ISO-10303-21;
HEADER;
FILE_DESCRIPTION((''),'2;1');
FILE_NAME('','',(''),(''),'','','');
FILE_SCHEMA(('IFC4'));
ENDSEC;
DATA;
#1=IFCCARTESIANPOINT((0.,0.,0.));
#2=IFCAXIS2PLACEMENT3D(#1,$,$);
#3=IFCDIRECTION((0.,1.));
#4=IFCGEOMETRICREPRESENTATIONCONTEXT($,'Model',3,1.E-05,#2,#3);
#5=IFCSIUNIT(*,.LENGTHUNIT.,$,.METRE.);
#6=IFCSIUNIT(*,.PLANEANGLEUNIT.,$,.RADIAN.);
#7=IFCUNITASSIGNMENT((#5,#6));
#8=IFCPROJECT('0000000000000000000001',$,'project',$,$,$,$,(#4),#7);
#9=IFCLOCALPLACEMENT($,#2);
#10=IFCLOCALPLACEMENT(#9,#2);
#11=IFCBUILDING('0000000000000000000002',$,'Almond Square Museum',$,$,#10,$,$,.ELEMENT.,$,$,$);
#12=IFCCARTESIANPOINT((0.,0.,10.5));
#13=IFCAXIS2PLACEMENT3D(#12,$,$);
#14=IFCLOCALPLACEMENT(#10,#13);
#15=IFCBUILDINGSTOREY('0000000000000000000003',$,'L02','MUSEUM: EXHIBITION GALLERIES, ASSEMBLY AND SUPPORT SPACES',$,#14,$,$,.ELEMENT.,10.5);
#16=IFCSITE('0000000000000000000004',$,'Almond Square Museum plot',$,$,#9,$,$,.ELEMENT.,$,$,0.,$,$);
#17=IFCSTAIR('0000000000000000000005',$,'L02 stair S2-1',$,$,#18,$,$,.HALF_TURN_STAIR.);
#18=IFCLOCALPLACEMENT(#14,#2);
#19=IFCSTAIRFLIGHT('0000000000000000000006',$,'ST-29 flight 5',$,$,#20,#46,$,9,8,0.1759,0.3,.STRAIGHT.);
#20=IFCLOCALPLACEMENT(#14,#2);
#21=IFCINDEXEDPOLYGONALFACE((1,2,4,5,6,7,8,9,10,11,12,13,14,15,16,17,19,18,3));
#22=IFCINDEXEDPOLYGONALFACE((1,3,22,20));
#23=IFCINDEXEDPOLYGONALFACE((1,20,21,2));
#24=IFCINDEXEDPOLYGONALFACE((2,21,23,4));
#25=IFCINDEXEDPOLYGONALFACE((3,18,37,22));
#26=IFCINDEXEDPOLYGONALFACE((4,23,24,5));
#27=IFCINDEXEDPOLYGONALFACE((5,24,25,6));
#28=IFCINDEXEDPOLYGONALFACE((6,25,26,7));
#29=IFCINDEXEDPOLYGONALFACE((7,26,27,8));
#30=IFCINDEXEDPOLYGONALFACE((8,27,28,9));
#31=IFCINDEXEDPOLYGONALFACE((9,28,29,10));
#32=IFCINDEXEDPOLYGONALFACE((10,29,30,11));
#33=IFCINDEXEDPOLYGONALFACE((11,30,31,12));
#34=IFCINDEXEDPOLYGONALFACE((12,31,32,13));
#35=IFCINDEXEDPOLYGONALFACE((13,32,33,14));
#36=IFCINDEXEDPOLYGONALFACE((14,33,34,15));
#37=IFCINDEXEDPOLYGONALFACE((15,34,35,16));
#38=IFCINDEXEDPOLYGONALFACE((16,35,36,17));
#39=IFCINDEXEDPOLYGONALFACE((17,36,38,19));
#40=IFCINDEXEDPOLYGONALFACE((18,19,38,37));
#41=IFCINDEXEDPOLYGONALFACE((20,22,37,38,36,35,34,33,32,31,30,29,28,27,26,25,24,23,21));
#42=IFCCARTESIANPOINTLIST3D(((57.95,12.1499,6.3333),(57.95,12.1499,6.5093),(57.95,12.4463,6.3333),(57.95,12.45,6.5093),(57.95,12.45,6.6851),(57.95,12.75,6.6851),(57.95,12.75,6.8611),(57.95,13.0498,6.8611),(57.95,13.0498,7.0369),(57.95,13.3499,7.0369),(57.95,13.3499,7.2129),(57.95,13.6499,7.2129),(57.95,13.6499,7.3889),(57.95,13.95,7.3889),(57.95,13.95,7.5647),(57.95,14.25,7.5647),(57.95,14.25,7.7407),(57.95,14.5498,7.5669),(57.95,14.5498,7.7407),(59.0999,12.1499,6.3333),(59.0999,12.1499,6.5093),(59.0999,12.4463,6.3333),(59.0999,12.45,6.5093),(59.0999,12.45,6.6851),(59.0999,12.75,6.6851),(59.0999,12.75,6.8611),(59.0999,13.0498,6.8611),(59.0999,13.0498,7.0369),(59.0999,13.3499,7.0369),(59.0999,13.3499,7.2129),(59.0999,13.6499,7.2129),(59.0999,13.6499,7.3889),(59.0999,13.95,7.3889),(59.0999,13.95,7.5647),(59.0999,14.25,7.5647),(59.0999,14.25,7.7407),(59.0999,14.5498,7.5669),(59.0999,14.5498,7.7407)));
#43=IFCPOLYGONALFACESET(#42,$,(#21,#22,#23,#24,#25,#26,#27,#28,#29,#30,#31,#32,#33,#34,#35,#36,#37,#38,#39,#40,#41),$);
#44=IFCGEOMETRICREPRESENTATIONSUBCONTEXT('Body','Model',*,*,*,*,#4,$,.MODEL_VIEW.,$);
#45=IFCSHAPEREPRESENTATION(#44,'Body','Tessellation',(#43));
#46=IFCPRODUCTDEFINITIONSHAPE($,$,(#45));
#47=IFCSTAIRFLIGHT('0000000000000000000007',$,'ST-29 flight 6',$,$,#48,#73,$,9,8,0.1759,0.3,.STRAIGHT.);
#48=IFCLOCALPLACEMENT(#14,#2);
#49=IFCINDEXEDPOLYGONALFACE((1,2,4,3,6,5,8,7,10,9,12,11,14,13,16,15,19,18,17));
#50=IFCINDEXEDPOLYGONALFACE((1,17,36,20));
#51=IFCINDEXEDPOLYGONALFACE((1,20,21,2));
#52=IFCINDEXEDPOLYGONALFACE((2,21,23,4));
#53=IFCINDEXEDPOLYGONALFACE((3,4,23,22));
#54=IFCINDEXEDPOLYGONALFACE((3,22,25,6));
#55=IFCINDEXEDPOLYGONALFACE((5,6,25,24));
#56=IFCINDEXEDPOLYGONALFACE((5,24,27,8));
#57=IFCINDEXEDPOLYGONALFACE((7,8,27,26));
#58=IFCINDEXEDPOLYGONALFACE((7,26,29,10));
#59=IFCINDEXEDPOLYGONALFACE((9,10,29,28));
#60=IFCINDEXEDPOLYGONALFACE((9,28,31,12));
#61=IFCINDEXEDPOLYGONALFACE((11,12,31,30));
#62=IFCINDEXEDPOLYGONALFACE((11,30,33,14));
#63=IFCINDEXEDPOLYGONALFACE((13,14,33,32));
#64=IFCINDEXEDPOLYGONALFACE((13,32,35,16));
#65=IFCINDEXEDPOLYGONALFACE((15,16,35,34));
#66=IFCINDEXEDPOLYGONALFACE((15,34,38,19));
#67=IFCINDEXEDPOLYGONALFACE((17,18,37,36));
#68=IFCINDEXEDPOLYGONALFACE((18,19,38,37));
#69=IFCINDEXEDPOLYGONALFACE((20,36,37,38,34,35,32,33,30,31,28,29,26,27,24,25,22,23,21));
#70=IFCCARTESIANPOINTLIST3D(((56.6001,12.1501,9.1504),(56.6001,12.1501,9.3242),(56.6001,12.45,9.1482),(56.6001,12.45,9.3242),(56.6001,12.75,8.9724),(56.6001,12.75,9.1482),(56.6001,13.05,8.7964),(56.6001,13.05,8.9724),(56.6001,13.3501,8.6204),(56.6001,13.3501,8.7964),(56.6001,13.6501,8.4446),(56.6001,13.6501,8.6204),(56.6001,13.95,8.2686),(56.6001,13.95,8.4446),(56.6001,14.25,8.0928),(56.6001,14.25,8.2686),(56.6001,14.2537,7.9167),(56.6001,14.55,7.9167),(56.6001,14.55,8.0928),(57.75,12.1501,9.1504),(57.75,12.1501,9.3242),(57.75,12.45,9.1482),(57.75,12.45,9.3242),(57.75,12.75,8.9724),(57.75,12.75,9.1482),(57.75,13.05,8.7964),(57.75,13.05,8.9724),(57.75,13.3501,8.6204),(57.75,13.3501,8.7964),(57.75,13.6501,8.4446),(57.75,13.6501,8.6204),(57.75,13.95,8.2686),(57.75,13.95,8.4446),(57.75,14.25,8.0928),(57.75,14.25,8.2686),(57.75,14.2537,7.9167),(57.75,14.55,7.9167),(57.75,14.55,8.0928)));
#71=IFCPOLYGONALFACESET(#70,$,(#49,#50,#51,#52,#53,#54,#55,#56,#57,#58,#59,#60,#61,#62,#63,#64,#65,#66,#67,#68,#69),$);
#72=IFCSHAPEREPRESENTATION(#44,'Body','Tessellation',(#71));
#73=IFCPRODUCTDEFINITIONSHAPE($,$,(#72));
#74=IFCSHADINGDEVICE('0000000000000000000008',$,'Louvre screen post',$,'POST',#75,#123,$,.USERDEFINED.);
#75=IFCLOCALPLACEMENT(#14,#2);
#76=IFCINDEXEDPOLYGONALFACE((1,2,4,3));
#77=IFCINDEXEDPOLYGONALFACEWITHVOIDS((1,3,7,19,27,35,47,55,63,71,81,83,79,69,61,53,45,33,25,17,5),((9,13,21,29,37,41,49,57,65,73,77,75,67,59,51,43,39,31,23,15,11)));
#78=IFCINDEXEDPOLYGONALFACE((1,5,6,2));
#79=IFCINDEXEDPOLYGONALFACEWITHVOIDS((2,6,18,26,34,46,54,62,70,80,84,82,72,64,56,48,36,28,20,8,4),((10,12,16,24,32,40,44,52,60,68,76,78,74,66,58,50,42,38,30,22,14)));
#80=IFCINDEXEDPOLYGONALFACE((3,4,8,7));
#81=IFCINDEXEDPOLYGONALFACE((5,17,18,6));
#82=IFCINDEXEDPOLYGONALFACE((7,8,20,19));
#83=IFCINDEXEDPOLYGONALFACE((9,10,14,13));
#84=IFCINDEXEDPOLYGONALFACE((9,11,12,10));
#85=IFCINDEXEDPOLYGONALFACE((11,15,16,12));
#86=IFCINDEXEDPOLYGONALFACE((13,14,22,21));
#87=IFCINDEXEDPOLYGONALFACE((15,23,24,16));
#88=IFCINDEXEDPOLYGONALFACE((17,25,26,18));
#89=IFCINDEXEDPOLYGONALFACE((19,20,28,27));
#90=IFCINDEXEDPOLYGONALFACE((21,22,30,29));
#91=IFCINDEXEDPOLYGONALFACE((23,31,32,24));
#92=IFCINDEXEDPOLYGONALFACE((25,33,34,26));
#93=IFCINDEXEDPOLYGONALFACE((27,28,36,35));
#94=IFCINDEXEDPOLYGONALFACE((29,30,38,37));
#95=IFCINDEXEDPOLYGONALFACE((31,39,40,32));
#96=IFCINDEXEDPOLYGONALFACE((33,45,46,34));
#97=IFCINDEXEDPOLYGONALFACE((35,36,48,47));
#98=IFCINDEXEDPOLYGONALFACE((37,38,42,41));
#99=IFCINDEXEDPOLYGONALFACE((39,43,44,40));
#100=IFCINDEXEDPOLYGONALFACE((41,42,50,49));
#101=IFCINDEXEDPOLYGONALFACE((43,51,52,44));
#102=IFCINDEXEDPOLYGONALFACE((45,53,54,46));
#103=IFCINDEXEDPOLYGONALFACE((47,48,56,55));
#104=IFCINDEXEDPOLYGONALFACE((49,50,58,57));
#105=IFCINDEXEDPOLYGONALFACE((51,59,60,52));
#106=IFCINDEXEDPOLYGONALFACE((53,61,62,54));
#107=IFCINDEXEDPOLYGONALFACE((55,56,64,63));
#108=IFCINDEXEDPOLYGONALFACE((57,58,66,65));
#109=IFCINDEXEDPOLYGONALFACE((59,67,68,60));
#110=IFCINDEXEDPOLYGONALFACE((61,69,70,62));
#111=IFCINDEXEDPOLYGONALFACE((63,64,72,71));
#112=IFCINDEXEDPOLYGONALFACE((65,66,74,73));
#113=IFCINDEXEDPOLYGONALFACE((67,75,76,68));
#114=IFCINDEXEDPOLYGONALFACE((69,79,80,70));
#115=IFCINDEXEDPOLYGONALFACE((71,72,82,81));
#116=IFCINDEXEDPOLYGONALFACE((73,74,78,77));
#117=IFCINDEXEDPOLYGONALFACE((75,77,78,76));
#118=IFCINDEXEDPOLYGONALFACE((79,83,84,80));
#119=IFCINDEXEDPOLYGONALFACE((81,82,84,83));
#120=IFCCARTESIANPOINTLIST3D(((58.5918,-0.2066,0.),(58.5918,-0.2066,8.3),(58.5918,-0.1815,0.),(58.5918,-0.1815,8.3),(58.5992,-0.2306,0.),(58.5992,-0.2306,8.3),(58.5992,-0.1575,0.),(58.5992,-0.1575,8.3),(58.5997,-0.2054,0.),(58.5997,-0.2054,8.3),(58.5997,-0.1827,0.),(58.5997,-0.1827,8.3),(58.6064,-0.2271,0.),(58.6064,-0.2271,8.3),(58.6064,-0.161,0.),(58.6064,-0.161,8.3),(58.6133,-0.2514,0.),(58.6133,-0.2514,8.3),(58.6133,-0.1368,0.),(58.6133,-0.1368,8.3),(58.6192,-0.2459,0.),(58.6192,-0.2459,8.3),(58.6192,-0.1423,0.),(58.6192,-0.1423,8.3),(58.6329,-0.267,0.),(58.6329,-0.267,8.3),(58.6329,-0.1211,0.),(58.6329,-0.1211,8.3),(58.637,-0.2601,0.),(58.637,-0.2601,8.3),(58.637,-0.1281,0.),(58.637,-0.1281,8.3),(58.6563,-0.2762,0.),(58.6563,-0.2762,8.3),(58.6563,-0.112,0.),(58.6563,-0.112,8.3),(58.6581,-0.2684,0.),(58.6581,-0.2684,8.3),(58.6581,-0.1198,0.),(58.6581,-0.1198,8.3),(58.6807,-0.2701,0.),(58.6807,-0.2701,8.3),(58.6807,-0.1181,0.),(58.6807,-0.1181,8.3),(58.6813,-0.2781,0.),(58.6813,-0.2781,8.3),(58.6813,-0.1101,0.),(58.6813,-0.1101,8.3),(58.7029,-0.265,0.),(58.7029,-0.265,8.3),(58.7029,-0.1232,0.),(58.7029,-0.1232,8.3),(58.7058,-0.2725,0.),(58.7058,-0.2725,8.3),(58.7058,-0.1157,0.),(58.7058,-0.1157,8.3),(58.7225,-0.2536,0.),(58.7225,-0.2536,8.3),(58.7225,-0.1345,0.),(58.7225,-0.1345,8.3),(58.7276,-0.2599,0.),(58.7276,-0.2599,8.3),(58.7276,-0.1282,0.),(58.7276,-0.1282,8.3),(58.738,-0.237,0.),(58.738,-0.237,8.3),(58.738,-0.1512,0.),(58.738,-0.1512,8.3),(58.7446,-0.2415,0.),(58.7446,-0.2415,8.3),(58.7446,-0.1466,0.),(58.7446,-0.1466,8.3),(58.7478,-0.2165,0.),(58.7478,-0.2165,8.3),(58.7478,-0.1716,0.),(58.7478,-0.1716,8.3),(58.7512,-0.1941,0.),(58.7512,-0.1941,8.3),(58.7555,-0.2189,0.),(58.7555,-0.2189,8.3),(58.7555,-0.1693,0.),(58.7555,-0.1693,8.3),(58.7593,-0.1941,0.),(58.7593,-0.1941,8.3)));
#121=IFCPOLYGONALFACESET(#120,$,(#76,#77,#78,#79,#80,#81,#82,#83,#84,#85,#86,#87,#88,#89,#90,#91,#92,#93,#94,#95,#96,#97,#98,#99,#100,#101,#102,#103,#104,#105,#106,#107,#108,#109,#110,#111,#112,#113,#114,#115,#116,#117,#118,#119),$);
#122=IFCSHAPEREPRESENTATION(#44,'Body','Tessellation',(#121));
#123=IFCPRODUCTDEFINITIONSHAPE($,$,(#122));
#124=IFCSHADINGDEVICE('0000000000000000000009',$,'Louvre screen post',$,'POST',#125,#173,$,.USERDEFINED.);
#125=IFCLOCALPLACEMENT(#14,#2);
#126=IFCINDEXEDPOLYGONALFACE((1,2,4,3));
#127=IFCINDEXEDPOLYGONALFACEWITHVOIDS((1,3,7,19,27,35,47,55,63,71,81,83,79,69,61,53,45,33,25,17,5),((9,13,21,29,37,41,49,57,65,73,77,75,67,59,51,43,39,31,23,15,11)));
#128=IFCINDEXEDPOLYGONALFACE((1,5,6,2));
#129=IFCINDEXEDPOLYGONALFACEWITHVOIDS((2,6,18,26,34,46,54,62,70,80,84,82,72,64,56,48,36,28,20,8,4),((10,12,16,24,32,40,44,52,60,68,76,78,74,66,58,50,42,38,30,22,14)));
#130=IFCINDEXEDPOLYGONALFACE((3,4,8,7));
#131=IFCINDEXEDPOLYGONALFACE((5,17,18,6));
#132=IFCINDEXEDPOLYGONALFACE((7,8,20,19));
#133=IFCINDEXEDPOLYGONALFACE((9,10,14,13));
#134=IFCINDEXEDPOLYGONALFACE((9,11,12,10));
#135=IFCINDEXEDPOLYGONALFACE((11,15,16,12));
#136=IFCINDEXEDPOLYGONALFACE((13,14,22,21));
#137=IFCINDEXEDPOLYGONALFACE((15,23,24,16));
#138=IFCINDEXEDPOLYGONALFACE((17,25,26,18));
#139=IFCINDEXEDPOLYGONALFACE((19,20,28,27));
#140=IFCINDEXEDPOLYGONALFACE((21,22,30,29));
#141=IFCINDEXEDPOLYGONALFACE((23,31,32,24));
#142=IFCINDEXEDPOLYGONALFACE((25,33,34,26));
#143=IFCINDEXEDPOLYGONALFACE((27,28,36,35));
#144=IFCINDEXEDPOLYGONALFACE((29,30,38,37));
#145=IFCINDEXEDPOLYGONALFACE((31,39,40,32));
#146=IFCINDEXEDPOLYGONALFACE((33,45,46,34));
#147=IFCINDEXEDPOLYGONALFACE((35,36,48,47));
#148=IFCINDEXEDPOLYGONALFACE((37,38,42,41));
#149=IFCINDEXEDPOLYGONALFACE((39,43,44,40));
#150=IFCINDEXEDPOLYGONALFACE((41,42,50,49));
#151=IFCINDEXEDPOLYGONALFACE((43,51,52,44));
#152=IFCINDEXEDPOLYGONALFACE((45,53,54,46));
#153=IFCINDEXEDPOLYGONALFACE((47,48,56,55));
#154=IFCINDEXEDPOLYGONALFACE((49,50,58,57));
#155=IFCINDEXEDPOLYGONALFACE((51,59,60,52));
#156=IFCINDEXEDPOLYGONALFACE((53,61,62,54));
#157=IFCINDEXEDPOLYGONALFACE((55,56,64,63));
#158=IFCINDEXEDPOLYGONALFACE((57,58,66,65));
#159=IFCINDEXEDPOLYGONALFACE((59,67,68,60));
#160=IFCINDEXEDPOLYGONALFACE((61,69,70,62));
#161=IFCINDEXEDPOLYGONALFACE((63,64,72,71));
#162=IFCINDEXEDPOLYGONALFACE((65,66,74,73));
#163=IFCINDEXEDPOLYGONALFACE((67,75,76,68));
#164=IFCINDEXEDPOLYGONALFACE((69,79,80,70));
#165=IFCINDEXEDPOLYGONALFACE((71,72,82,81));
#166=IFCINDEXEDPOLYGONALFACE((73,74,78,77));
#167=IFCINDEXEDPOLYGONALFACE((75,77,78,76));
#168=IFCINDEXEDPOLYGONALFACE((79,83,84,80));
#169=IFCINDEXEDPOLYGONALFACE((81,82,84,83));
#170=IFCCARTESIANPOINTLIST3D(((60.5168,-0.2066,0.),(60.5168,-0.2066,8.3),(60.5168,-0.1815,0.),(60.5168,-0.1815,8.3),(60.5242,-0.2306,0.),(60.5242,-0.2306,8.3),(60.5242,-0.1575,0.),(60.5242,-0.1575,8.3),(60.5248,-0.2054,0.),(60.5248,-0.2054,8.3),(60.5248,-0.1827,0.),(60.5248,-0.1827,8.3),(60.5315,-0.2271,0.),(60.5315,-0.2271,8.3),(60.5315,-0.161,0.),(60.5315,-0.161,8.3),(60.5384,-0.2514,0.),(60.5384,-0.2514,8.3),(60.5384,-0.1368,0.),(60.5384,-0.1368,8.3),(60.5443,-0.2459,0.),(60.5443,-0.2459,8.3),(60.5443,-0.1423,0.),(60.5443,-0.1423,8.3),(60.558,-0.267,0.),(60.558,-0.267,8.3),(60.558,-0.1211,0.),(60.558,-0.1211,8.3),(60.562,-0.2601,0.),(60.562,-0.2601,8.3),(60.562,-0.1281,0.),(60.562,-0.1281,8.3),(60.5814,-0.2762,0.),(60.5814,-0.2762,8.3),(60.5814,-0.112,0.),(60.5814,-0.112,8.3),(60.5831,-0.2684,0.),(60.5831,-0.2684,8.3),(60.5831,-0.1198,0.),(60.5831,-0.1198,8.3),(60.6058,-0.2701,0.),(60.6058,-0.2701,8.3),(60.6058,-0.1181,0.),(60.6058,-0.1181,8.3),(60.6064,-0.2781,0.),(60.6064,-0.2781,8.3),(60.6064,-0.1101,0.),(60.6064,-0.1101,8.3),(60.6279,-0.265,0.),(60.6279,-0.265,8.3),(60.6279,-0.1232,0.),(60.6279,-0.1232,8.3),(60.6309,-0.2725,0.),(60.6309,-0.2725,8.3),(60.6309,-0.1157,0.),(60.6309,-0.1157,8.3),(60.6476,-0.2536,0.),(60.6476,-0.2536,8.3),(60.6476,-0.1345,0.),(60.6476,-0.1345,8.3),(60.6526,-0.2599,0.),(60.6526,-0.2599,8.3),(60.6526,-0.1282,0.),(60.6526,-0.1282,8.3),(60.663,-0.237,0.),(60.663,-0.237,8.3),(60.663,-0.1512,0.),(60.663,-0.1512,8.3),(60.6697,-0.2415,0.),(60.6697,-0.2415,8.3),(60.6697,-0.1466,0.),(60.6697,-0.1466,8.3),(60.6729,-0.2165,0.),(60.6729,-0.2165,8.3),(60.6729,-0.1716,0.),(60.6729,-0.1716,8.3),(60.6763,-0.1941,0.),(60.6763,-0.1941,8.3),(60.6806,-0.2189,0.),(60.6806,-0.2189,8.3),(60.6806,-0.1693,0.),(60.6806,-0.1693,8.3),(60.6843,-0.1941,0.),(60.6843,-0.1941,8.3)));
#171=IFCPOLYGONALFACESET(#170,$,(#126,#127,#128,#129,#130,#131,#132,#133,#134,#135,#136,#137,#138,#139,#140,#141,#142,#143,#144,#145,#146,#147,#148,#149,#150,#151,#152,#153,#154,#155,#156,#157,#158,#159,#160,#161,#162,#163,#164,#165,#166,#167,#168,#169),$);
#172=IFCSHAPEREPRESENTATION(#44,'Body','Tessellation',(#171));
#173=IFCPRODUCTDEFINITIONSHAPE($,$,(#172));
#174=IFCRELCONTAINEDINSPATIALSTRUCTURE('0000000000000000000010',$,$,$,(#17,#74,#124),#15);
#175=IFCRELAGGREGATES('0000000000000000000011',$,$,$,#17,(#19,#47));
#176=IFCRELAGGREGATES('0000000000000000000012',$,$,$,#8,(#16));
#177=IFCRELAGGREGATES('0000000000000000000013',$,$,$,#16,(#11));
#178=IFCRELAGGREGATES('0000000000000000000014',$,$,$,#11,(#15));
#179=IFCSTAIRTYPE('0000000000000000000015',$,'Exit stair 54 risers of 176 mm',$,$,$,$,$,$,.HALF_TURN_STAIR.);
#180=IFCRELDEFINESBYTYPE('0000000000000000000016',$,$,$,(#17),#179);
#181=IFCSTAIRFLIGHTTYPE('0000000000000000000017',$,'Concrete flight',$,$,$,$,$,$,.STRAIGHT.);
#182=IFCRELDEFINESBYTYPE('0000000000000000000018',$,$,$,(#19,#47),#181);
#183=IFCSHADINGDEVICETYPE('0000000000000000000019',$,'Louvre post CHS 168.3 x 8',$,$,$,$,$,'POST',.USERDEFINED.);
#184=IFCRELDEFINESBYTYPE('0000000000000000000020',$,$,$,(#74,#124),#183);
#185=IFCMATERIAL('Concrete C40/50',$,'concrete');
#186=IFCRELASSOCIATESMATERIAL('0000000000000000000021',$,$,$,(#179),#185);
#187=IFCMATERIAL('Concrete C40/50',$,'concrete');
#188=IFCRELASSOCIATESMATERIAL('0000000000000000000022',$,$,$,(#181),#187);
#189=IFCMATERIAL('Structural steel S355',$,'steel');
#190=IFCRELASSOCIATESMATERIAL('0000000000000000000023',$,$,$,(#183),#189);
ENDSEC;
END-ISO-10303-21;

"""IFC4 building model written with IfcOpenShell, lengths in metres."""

from ifc_helpers import new_model, si_unit, direction, frame, origin, origin_2d, place, context, subcontext, project, spatial, polyline, hollow_circle, outline, extrude, material, material_profile, profile_set, type_object, element, aggregate, save


model = new_model("IFC4")

# Units and contexts
model_context = context("Model", 3, precision=1e-05, world=origin(), true_north=direction((0.0, 1.0)))
body_context = subcontext(model_context, "Body", "Model", "MODEL_VIEW")
ifc_project = project(units=[si_unit("LENGTHUNIT", "METRE"), si_unit("PLANEANGLEUNIT", "RADIAN")], contexts=[model_context])

# Site, building, storey
site_placement = place(None, origin())
site = spatial("IfcSite", under=ifc_project, at=site_placement, Name="Almond Square Museum plot", CompositionType="ELEMENT", RefElevation=0.0)
building_placement = place(site_placement, origin())
building = spatial("IfcBuilding", under=site, at=building_placement, Name="Almond Square Museum", CompositionType="ELEMENT")
storey_placement = place(building_placement, frame((0.0, 0.0, 10.5)))
storey = spatial("IfcBuildingStorey", under=building, at=storey_placement, Name="L02", Description="MUSEUM: EXHIBITION GALLERIES, ASSEMBLY AND SUPPORT SPACES", CompositionType="ELEMENT", Elevation=10.5)

# Stair, stair flights
ifc_material_1 = material(Name="Concrete C40/50", Category="concrete")
stair_type = type_object("IfcStairType", Name="Exit stair 54 risers of 176 mm", PredefinedType="HALF_TURN_STAIR", material=ifc_material_1)
stair_placement = place(storey_placement, origin())
stair = element("IfcStair", 1, at=stair_placement, inside=storey, type_object=stair_type, Name="L02 stair S2-1", PredefinedType="HALF_TURN_STAIR")
ifc_material_2 = material(Name="Concrete C40/50", Category="concrete")
stair_flight_type = type_object("IfcStairFlightType", Name="Concrete flight", PredefinedType="STRAIGHT", material=ifc_material_2)
stair_flight_1_placement = place(storey_placement, frame((58.5249, 12.1499, 6.3333), z_axis=(0.0, 0.0, 1.0), x_axis=(0.0, 1.0, 0.0)))
stair_flight_1 = element("IfcStairFlight", 2, at=stair_flight_1_placement, type_object=stair_flight_type, Name="ST-29 flight 5", NumberOfRisers=9, NumberOfTreads=8, PredefinedType="STRAIGHT", RiserHeight=0.1759, TreadLength=0.3, context=body_context, shape_type="SweptSolid", body=[
    extrude(outline(polyline([(0.0, 0.0), (0.0, 0.176), (0.3, 0.176), (0.3, 0.3518), (0.6001, 0.3518), (0.6001, 0.5278), (0.8999, 0.5278), (0.8999, 0.7036), (1.2, 0.7036), (1.2, 0.8796), (1.5, 0.8796), (1.5, 1.0557), (1.8, 1.0557), (1.8, 1.2314), (2.1001, 1.2314), (2.1001, 1.4075), (2.3999, 1.4075), (2.3999, 1.5833), (2.3999, 1.2336), (0.2964, 0.0), (0.0, 0.0)])), frame((0.0, 0.575, 0.0), z_axis=(0.0, -1.0, 0.0), x_axis=(1.0, 0.0, 0.0)), (0.0, 0.0, 1.0), 1.1499),
])
stair_flight_2_placement = place(storey_placement, frame((57.175, 14.55, 7.9167), z_axis=(0.0, 0.0, 1.0), x_axis=(0.0, -1.0, 0.0)))
stair_flight_2 = element("IfcStairFlight", 3, at=stair_flight_2_placement, type_object=stair_flight_type, Name="ST-29 flight 6", NumberOfRisers=9, NumberOfTreads=8, PredefinedType="STRAIGHT", RiserHeight=0.1759, TreadLength=0.3, context=body_context, shape_type="SweptSolid", body=[
    extrude(outline(polyline([(0.0, 0.0), (0.0, 0.176), (0.3, 0.176), (0.3, 0.3518), (0.6001, 0.3518), (0.6001, 0.5278), (0.8999, 0.5278), (0.8999, 0.7036), (1.2, 0.7036), (1.2, 0.8796), (1.5, 0.8796), (1.5, 1.0557), (1.8, 1.0557), (1.8, 1.2314), (2.1001, 1.2314), (2.1001, 1.4075), (2.3999, 1.4075), (2.3999, 1.5833), (2.3999, 1.2336), (0.2964, 0.0), (0.0, 0.0)])), frame((0.0, 0.575, 0.0), z_axis=(0.0, -1.0, 0.0), x_axis=(1.0, 0.0, 0.0)), (0.0, 0.0, 1.0), 1.1499),
])
aggregate(stair, [stair_flight_1, stair_flight_2])

# Shading devices
ifc_material_3 = material(Name="Structural steel S355", Category="steel")
ifc_material_profile_1 = material_profile(ifc_material_3, hollow_circle(Radius=0.0842, WallThickness=0.0081, at=origin_2d()))
ifc_profile_set_1 = profile_set([ifc_material_profile_1], Name="Structural steel S355")
shading_device_type = type_object("IfcShadingDeviceType", Name="Louvre post CHS 168.3 x 8", ElementType="POST", PredefinedType="USERDEFINED", material=ifc_profile_set_1)
for number, where, z_axis, x_axis, name in (
    (4, (58.675, -0.1941, 0.0), (0.0, 0.0, 1.0), (1.0, 0.0, 0.0), "Louvre screen post"),
    (5, (60.6001, -0.1941, 0.0), (0.0, 0.0, 1.0), (1.0, 0.0, 0.0), "Louvre screen post"),
):
    element("IfcShadingDevice", number, at=place(storey_placement, frame(where, z_axis=z_axis, x_axis=x_axis)), inside=storey, type_object=shading_device_type, Name=name, ObjectType="POST", PredefinedType="USERDEFINED", context=body_context, shape_type="SweptSolid", body=[
        extrude(hollow_circle(Radius=0.0842, WallThickness=0.0081, at=origin_2d()), origin(), (0.0, 0.0, 1.0), 8.3),
    ])

save(model, "model.ifc")
